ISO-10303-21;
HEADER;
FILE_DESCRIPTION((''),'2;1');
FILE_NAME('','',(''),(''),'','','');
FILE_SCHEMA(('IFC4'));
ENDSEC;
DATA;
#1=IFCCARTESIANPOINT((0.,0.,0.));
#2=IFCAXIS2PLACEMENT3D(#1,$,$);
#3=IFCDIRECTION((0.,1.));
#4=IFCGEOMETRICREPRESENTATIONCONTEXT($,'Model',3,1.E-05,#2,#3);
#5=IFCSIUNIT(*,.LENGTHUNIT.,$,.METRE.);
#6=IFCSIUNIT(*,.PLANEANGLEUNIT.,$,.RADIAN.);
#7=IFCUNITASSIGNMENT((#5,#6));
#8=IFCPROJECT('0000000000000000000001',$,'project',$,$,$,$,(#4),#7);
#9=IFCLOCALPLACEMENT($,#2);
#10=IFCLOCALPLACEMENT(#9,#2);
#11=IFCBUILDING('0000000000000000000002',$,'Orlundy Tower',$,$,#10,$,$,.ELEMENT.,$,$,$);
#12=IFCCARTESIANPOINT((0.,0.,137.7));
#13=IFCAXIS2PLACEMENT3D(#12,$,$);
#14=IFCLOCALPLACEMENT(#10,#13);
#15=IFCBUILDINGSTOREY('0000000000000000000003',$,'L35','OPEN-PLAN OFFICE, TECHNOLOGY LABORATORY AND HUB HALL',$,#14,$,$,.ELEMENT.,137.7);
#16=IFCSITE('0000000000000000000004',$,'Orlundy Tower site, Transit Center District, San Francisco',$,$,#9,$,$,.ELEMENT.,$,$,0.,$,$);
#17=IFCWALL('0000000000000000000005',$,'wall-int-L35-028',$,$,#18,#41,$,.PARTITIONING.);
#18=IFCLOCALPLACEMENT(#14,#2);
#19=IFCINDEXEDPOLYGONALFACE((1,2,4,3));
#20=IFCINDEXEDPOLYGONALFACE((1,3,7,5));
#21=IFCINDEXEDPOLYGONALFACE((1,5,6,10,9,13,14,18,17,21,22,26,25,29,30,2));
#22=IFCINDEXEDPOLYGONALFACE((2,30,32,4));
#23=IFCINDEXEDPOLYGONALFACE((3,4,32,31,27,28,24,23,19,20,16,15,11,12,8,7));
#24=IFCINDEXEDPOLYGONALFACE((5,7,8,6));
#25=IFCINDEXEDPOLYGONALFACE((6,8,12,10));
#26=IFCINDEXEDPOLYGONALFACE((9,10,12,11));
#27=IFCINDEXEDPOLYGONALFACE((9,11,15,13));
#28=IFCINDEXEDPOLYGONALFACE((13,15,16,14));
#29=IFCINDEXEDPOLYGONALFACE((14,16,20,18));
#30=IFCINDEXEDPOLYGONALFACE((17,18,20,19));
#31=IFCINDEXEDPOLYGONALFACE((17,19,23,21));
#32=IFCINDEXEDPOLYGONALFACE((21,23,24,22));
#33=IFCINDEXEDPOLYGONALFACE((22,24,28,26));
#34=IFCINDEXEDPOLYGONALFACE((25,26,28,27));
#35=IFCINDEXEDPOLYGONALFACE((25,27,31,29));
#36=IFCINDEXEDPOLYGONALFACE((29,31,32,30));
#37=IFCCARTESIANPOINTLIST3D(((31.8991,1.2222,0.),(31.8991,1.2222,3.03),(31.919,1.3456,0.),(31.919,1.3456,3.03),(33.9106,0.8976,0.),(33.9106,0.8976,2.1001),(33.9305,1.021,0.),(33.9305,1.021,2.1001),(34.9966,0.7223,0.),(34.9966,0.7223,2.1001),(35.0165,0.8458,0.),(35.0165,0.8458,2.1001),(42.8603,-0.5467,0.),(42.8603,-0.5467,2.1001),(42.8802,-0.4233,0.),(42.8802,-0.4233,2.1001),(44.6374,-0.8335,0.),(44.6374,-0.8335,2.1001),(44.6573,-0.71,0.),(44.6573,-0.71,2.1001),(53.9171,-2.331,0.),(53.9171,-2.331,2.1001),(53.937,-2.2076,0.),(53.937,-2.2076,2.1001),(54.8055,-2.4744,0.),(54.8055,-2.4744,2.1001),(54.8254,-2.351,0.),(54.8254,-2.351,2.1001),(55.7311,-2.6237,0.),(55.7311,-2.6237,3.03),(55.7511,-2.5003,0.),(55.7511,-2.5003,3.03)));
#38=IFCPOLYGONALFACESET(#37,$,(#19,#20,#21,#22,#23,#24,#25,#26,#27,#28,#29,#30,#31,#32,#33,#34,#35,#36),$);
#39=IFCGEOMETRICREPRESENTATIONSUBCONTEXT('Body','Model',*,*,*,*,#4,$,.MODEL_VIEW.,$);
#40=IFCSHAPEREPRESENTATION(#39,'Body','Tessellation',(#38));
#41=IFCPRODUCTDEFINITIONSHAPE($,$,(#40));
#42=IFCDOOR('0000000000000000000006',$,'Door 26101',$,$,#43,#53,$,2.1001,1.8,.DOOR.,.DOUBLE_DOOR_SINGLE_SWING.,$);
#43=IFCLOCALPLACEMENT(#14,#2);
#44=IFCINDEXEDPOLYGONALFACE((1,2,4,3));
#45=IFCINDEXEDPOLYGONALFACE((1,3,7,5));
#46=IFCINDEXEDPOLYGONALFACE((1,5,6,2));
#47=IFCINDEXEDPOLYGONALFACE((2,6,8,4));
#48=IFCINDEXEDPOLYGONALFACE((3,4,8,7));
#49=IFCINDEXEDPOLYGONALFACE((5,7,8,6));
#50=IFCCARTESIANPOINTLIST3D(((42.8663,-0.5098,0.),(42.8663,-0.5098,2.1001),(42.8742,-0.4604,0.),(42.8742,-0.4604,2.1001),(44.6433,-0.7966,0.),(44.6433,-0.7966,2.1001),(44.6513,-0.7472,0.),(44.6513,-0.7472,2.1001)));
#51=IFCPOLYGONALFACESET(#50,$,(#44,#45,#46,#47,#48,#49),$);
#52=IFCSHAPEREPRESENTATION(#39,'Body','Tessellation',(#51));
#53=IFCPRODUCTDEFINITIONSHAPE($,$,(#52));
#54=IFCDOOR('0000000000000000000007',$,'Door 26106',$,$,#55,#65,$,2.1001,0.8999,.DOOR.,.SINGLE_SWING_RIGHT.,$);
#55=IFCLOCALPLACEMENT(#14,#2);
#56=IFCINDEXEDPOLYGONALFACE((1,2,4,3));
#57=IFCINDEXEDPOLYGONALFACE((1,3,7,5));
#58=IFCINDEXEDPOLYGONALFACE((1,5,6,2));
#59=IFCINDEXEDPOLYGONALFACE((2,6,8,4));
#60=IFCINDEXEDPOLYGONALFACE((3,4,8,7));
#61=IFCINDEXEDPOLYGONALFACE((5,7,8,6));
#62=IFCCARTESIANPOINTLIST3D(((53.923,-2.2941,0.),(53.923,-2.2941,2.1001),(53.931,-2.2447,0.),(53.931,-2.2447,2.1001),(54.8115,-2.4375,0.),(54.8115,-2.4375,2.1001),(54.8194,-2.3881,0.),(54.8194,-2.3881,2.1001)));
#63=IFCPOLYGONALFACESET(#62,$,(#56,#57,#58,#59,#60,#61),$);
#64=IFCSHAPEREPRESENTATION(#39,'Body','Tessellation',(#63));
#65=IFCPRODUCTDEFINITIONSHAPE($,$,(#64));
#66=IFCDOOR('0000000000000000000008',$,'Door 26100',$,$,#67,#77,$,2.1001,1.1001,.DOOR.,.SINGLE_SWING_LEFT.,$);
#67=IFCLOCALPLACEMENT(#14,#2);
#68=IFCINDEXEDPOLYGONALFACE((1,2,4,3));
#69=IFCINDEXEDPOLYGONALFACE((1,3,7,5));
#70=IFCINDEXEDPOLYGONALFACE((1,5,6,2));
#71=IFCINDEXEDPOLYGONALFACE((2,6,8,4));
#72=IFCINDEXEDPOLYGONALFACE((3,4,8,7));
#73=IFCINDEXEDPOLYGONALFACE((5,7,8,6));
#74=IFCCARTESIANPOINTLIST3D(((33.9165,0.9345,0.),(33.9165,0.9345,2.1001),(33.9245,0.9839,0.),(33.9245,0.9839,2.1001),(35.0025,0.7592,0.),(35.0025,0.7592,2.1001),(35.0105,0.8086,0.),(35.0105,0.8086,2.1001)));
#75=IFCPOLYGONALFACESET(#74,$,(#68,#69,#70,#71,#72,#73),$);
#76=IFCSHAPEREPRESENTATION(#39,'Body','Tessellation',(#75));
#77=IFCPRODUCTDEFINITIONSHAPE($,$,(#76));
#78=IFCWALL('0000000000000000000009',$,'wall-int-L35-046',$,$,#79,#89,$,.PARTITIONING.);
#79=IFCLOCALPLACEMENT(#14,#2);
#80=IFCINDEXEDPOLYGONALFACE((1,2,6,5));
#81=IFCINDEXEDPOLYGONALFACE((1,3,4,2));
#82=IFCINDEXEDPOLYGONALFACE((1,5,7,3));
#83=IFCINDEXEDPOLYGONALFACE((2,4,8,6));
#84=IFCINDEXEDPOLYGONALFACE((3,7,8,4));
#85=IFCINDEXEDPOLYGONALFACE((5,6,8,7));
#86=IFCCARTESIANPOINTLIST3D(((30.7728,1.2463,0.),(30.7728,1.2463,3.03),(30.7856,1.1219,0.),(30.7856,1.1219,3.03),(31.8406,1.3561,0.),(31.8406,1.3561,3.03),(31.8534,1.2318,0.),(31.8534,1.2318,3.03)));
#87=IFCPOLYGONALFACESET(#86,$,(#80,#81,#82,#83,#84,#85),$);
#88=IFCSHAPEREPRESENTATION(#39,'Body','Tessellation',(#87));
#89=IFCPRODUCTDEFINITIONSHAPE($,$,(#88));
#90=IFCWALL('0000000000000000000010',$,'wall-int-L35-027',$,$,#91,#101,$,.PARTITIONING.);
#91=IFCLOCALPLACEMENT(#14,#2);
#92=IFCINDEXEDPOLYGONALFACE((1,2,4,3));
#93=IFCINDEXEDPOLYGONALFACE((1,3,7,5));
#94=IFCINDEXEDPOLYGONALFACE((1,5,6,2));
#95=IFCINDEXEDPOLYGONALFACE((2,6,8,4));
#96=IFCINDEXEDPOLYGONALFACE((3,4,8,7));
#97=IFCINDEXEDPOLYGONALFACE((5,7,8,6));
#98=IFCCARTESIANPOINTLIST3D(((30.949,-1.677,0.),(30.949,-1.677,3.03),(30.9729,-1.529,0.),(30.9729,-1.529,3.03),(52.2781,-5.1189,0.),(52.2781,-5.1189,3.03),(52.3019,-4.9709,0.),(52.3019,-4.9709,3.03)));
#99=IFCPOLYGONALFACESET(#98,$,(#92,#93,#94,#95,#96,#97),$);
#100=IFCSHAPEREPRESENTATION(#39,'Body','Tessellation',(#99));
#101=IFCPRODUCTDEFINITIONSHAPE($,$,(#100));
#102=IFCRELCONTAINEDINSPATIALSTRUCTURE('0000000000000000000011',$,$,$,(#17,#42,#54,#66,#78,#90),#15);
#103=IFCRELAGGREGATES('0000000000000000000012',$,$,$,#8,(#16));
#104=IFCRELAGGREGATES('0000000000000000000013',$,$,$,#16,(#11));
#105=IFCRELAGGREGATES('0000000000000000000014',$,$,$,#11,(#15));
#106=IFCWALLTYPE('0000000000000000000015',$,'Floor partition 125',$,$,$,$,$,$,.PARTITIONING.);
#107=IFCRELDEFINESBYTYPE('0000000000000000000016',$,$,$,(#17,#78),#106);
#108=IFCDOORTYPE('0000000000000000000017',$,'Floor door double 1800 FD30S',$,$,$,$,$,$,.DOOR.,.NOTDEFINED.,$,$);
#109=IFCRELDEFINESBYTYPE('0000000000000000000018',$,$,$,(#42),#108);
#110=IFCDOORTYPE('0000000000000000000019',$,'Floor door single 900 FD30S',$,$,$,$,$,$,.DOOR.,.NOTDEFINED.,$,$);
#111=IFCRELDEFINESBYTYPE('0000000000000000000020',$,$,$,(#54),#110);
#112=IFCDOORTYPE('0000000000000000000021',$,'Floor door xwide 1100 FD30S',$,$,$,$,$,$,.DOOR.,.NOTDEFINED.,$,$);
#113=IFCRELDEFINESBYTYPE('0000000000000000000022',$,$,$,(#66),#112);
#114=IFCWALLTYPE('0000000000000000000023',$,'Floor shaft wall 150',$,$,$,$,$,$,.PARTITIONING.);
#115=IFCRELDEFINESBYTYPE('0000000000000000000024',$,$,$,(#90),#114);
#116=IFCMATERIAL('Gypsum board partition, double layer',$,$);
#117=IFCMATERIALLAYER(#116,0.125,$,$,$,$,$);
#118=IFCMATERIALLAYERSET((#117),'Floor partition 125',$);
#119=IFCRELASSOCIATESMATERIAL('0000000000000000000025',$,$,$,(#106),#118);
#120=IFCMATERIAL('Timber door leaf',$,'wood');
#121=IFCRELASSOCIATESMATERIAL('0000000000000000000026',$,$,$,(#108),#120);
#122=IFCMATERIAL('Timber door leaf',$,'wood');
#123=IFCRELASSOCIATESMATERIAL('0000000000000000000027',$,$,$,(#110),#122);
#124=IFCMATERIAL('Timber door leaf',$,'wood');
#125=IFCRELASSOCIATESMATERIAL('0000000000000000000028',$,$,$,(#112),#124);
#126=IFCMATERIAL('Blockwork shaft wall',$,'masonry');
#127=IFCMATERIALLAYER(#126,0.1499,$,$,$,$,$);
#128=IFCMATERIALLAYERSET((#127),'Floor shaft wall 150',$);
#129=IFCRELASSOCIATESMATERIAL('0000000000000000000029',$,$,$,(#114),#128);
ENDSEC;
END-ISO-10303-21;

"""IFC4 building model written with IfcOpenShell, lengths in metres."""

from ifc_helpers import new_model, si_unit, direction, frame, frame_2d, origin, place, context, subcontext, project, spatial, rectangle, extrude, material, layer, layer_set, type_object, element, fill, save


model = new_model("IFC4")

# Units and contexts
model_context = context("Model", 3, precision=1e-05, world=origin(), true_north=direction((0.0, 1.0)))
body_context = subcontext(model_context, "Body", "Model", "MODEL_VIEW")
ifc_project = project(units=[si_unit("LENGTHUNIT", "METRE"), si_unit("PLANEANGLEUNIT", "RADIAN")], contexts=[model_context])

# Site, building, storey
site_placement = place(None, origin())
site = spatial("IfcSite", under=ifc_project, at=site_placement, Name="Orlundy Tower site, Transit Center District, San Francisco", CompositionType="ELEMENT", RefElevation=0.0)
building_placement = place(site_placement, origin())
building = spatial("IfcBuilding", under=site, at=building_placement, Name="Orlundy Tower", CompositionType="ELEMENT")
storey_placement = place(building_placement, frame((0.0, 0.0, 137.7)))
storey = spatial("IfcBuildingStorey", under=building, at=storey_placement, Name="L35", Description="OPEN-PLAN OFFICE, TECHNOLOGY LABORATORY AND HUB HALL", CompositionType="ELEMENT", Elevation=137.7)

# Shared definitions
ifc_material_1 = material(Name="Gypsum board partition, double layer")
ifc_layer_1 = layer(ifc_material_1, 0.125)
ifc_layer_set_1 = layer_set([ifc_layer_1], Name="Floor partition 125")
wall_type_1 = type_object("IfcWallType", Name="Floor partition 125", PredefinedType="PARTITIONING", material=ifc_layer_set_1)

# Wall, openings, doors
wall_1_placement = place(storey_placement, frame((31.9089, 1.2839, 0.0), z_axis=(0.0, 0.0, 1.0), x_axis=(0.987228, -0.159316, 0.0)))
wall_1 = element("IfcWall", 1, at=wall_1_placement, inside=storey, type_object=wall_type_1, Name="wall-int-L35-028", PredefinedType="PARTITIONING", context=body_context, shape_type="SweptSolid", body=[
    extrude(rectangle(XDim=24.1404, YDim=0.125, at=frame_2d((12.0703, 0.0))), origin(), (0.0, 0.0, 1.0), 3.03),
])
opening_1_placement = place(wall_1_placement, frame((2.0376, 0.0, 0.0)))
opening_1 = element("IfcOpeningElement", 2, at=opening_1_placement, cuts=wall_1, PredefinedType="OPENING", context=body_context, shape_type="SweptSolid", body=[
    extrude(rectangle(XDim=1.1001, YDim=2.1001, at=frame_2d((0.55, 1.05))), frame((0.0, 0.0725, 0.0), z_axis=(0.0, -1.0, 0.0), x_axis=(1.0, 0.0, 0.0)), (0.0, 0.0, 1.0), 0.145),
])
opening_2_placement = place(wall_1_placement, frame((11.1033, 0.0, 0.0)))
opening_2 = element("IfcOpeningElement", 3, at=opening_2_placement, cuts=wall_1, PredefinedType="OPENING", context=body_context, shape_type="SweptSolid", body=[
    extrude(rectangle(XDim=1.8, YDim=2.1001, at=frame_2d((0.8999, 1.05))), frame((0.0, 0.0725, 0.0), z_axis=(0.0, -1.0, 0.0), x_axis=(1.0, 0.0, 0.0)), (0.0, 0.0, 1.0), 0.145),
])
opening_3_placement = place(wall_1_placement, frame((22.303, 0.0, 0.0)))
opening_3 = element("IfcOpeningElement", 4, at=opening_3_placement, cuts=wall_1, PredefinedType="OPENING", context=body_context, shape_type="SweptSolid", body=[
    extrude(rectangle(XDim=0.8999, YDim=2.1001, at=frame_2d((0.45, 1.05))), frame((0.0, 0.0725, 0.0), z_axis=(0.0, -1.0, 0.0), x_axis=(1.0, 0.0, 0.0)), (0.0, 0.0, 1.0), 0.145),
])
ifc_material_2 = material(Name="Timber door leaf", Category="wood")
door_type_1 = type_object("IfcDoorType", Name="Floor door double 1800 FD30S", OperationType="NOTDEFINED", PredefinedType="DOOR", material=ifc_material_2)
door_1_placement = place(opening_2_placement, origin())
door_1 = element("IfcDoor", 5, at=door_1_placement, inside=storey, type_object=door_type_1, Name="Door 26101", OperationType="DOUBLE_DOOR_SINGLE_SWING", OverallHeight=2.1001, OverallWidth=1.8, PredefinedType="DOOR", context=body_context, shape_type="SweptSolid", body=[
    extrude(rectangle(XDim=1.8, YDim=2.1001, at=frame_2d((0.8999, 1.05))), frame((0.0, 0.0249, 0.0), z_axis=(0.0, -1.0, 0.0), x_axis=(1.0, 0.0, 0.0)), (0.0, 0.0, 1.0), 0.05),
])
fill(opening_2, door_1)
ifc_material_3 = material(Name="Timber door leaf", Category="wood")
door_type_2 = type_object("IfcDoorType", Name="Floor door single 900 FD30S", OperationType="NOTDEFINED", PredefinedType="DOOR", material=ifc_material_3)
door_2_placement = place(opening_3_placement, origin())
door_2 = element("IfcDoor", 6, at=door_2_placement, inside=storey, type_object=door_type_2, Name="Door 26106", OperationType="SINGLE_SWING_RIGHT", OverallHeight=2.1001, OverallWidth=0.8999, PredefinedType="DOOR", context=body_context, shape_type="SweptSolid", body=[
    extrude(rectangle(XDim=0.8999, YDim=2.1001, at=frame_2d((0.45, 1.05))), frame((0.0, 0.0249, 0.0), z_axis=(0.0, -1.0, 0.0), x_axis=(1.0, 0.0, 0.0)), (0.0, 0.0, 1.0), 0.05),
])
fill(opening_3, door_2)
ifc_material_4 = material(Name="Timber door leaf", Category="wood")
door_type_3 = type_object("IfcDoorType", Name="Floor door xwide 1100 FD30S", OperationType="NOTDEFINED", PredefinedType="DOOR", material=ifc_material_4)
door_3_placement = place(opening_1_placement, origin())
door_3 = element("IfcDoor", 7, at=door_3_placement, inside=storey, type_object=door_type_3, Name="Door 26100", OperationType="SINGLE_SWING_LEFT", OverallHeight=2.1001, OverallWidth=1.1001, PredefinedType="DOOR", context=body_context, shape_type="SweptSolid", body=[
    extrude(rectangle(XDim=1.1001, YDim=2.1001, at=frame_2d((0.55, 1.05))), frame((0.0, 0.0249, 0.0), z_axis=(0.0, -1.0, 0.0), x_axis=(1.0, 0.0, 0.0)), (0.0, 0.0, 1.0), 0.05),
])
fill(opening_1, door_3)

# Walls
wall_2_placement = place(storey_placement, frame((31.8469, 1.2939, 0.0), z_axis=(0.0, 0.0, 1.0), x_axis=(-0.994749, -0.10234, 0.0)))
element("IfcWall", 8, at=wall_2_placement, inside=storey, type_object=wall_type_1, Name="wall-int-L35-046", PredefinedType="PARTITIONING", context=body_context, shape_type="SweptSolid", body=[
    extrude(rectangle(XDim=1.0735, YDim=0.125, at=frame_2d((0.5366, 0.0))), origin(), (0.0, 0.0, 1.0), 3.03),
])
ifc_material_5 = material(Name="Blockwork shaft wall", Category="masonry")
ifc_layer_2 = layer(ifc_material_5, 0.1499)
ifc_layer_set_2 = layer_set([ifc_layer_2], Name="Floor shaft wall 150")
wall_type_2 = type_object("IfcWallType", Name="Floor shaft wall 150", PredefinedType="PARTITIONING", material=ifc_layer_set_2)
wall_3_placement = place(storey_placement, frame((30.9609, -1.603, 0.0), z_axis=(0.0, 0.0, 1.0), x_axis=(0.987229, -0.15931, 0.0)))
element("IfcWall", 9, at=wall_3_placement, inside=storey, type_object=wall_type_2, Name="wall-int-L35-027", PredefinedType="PARTITIONING", context=body_context, shape_type="SweptSolid", body=[
    extrude(rectangle(XDim=21.605, YDim=0.1499, at=frame_2d((10.8025, 0.0))), origin(), (0.0, 0.0, 1.0), 3.03),
])

save(model, "model.ifc")
